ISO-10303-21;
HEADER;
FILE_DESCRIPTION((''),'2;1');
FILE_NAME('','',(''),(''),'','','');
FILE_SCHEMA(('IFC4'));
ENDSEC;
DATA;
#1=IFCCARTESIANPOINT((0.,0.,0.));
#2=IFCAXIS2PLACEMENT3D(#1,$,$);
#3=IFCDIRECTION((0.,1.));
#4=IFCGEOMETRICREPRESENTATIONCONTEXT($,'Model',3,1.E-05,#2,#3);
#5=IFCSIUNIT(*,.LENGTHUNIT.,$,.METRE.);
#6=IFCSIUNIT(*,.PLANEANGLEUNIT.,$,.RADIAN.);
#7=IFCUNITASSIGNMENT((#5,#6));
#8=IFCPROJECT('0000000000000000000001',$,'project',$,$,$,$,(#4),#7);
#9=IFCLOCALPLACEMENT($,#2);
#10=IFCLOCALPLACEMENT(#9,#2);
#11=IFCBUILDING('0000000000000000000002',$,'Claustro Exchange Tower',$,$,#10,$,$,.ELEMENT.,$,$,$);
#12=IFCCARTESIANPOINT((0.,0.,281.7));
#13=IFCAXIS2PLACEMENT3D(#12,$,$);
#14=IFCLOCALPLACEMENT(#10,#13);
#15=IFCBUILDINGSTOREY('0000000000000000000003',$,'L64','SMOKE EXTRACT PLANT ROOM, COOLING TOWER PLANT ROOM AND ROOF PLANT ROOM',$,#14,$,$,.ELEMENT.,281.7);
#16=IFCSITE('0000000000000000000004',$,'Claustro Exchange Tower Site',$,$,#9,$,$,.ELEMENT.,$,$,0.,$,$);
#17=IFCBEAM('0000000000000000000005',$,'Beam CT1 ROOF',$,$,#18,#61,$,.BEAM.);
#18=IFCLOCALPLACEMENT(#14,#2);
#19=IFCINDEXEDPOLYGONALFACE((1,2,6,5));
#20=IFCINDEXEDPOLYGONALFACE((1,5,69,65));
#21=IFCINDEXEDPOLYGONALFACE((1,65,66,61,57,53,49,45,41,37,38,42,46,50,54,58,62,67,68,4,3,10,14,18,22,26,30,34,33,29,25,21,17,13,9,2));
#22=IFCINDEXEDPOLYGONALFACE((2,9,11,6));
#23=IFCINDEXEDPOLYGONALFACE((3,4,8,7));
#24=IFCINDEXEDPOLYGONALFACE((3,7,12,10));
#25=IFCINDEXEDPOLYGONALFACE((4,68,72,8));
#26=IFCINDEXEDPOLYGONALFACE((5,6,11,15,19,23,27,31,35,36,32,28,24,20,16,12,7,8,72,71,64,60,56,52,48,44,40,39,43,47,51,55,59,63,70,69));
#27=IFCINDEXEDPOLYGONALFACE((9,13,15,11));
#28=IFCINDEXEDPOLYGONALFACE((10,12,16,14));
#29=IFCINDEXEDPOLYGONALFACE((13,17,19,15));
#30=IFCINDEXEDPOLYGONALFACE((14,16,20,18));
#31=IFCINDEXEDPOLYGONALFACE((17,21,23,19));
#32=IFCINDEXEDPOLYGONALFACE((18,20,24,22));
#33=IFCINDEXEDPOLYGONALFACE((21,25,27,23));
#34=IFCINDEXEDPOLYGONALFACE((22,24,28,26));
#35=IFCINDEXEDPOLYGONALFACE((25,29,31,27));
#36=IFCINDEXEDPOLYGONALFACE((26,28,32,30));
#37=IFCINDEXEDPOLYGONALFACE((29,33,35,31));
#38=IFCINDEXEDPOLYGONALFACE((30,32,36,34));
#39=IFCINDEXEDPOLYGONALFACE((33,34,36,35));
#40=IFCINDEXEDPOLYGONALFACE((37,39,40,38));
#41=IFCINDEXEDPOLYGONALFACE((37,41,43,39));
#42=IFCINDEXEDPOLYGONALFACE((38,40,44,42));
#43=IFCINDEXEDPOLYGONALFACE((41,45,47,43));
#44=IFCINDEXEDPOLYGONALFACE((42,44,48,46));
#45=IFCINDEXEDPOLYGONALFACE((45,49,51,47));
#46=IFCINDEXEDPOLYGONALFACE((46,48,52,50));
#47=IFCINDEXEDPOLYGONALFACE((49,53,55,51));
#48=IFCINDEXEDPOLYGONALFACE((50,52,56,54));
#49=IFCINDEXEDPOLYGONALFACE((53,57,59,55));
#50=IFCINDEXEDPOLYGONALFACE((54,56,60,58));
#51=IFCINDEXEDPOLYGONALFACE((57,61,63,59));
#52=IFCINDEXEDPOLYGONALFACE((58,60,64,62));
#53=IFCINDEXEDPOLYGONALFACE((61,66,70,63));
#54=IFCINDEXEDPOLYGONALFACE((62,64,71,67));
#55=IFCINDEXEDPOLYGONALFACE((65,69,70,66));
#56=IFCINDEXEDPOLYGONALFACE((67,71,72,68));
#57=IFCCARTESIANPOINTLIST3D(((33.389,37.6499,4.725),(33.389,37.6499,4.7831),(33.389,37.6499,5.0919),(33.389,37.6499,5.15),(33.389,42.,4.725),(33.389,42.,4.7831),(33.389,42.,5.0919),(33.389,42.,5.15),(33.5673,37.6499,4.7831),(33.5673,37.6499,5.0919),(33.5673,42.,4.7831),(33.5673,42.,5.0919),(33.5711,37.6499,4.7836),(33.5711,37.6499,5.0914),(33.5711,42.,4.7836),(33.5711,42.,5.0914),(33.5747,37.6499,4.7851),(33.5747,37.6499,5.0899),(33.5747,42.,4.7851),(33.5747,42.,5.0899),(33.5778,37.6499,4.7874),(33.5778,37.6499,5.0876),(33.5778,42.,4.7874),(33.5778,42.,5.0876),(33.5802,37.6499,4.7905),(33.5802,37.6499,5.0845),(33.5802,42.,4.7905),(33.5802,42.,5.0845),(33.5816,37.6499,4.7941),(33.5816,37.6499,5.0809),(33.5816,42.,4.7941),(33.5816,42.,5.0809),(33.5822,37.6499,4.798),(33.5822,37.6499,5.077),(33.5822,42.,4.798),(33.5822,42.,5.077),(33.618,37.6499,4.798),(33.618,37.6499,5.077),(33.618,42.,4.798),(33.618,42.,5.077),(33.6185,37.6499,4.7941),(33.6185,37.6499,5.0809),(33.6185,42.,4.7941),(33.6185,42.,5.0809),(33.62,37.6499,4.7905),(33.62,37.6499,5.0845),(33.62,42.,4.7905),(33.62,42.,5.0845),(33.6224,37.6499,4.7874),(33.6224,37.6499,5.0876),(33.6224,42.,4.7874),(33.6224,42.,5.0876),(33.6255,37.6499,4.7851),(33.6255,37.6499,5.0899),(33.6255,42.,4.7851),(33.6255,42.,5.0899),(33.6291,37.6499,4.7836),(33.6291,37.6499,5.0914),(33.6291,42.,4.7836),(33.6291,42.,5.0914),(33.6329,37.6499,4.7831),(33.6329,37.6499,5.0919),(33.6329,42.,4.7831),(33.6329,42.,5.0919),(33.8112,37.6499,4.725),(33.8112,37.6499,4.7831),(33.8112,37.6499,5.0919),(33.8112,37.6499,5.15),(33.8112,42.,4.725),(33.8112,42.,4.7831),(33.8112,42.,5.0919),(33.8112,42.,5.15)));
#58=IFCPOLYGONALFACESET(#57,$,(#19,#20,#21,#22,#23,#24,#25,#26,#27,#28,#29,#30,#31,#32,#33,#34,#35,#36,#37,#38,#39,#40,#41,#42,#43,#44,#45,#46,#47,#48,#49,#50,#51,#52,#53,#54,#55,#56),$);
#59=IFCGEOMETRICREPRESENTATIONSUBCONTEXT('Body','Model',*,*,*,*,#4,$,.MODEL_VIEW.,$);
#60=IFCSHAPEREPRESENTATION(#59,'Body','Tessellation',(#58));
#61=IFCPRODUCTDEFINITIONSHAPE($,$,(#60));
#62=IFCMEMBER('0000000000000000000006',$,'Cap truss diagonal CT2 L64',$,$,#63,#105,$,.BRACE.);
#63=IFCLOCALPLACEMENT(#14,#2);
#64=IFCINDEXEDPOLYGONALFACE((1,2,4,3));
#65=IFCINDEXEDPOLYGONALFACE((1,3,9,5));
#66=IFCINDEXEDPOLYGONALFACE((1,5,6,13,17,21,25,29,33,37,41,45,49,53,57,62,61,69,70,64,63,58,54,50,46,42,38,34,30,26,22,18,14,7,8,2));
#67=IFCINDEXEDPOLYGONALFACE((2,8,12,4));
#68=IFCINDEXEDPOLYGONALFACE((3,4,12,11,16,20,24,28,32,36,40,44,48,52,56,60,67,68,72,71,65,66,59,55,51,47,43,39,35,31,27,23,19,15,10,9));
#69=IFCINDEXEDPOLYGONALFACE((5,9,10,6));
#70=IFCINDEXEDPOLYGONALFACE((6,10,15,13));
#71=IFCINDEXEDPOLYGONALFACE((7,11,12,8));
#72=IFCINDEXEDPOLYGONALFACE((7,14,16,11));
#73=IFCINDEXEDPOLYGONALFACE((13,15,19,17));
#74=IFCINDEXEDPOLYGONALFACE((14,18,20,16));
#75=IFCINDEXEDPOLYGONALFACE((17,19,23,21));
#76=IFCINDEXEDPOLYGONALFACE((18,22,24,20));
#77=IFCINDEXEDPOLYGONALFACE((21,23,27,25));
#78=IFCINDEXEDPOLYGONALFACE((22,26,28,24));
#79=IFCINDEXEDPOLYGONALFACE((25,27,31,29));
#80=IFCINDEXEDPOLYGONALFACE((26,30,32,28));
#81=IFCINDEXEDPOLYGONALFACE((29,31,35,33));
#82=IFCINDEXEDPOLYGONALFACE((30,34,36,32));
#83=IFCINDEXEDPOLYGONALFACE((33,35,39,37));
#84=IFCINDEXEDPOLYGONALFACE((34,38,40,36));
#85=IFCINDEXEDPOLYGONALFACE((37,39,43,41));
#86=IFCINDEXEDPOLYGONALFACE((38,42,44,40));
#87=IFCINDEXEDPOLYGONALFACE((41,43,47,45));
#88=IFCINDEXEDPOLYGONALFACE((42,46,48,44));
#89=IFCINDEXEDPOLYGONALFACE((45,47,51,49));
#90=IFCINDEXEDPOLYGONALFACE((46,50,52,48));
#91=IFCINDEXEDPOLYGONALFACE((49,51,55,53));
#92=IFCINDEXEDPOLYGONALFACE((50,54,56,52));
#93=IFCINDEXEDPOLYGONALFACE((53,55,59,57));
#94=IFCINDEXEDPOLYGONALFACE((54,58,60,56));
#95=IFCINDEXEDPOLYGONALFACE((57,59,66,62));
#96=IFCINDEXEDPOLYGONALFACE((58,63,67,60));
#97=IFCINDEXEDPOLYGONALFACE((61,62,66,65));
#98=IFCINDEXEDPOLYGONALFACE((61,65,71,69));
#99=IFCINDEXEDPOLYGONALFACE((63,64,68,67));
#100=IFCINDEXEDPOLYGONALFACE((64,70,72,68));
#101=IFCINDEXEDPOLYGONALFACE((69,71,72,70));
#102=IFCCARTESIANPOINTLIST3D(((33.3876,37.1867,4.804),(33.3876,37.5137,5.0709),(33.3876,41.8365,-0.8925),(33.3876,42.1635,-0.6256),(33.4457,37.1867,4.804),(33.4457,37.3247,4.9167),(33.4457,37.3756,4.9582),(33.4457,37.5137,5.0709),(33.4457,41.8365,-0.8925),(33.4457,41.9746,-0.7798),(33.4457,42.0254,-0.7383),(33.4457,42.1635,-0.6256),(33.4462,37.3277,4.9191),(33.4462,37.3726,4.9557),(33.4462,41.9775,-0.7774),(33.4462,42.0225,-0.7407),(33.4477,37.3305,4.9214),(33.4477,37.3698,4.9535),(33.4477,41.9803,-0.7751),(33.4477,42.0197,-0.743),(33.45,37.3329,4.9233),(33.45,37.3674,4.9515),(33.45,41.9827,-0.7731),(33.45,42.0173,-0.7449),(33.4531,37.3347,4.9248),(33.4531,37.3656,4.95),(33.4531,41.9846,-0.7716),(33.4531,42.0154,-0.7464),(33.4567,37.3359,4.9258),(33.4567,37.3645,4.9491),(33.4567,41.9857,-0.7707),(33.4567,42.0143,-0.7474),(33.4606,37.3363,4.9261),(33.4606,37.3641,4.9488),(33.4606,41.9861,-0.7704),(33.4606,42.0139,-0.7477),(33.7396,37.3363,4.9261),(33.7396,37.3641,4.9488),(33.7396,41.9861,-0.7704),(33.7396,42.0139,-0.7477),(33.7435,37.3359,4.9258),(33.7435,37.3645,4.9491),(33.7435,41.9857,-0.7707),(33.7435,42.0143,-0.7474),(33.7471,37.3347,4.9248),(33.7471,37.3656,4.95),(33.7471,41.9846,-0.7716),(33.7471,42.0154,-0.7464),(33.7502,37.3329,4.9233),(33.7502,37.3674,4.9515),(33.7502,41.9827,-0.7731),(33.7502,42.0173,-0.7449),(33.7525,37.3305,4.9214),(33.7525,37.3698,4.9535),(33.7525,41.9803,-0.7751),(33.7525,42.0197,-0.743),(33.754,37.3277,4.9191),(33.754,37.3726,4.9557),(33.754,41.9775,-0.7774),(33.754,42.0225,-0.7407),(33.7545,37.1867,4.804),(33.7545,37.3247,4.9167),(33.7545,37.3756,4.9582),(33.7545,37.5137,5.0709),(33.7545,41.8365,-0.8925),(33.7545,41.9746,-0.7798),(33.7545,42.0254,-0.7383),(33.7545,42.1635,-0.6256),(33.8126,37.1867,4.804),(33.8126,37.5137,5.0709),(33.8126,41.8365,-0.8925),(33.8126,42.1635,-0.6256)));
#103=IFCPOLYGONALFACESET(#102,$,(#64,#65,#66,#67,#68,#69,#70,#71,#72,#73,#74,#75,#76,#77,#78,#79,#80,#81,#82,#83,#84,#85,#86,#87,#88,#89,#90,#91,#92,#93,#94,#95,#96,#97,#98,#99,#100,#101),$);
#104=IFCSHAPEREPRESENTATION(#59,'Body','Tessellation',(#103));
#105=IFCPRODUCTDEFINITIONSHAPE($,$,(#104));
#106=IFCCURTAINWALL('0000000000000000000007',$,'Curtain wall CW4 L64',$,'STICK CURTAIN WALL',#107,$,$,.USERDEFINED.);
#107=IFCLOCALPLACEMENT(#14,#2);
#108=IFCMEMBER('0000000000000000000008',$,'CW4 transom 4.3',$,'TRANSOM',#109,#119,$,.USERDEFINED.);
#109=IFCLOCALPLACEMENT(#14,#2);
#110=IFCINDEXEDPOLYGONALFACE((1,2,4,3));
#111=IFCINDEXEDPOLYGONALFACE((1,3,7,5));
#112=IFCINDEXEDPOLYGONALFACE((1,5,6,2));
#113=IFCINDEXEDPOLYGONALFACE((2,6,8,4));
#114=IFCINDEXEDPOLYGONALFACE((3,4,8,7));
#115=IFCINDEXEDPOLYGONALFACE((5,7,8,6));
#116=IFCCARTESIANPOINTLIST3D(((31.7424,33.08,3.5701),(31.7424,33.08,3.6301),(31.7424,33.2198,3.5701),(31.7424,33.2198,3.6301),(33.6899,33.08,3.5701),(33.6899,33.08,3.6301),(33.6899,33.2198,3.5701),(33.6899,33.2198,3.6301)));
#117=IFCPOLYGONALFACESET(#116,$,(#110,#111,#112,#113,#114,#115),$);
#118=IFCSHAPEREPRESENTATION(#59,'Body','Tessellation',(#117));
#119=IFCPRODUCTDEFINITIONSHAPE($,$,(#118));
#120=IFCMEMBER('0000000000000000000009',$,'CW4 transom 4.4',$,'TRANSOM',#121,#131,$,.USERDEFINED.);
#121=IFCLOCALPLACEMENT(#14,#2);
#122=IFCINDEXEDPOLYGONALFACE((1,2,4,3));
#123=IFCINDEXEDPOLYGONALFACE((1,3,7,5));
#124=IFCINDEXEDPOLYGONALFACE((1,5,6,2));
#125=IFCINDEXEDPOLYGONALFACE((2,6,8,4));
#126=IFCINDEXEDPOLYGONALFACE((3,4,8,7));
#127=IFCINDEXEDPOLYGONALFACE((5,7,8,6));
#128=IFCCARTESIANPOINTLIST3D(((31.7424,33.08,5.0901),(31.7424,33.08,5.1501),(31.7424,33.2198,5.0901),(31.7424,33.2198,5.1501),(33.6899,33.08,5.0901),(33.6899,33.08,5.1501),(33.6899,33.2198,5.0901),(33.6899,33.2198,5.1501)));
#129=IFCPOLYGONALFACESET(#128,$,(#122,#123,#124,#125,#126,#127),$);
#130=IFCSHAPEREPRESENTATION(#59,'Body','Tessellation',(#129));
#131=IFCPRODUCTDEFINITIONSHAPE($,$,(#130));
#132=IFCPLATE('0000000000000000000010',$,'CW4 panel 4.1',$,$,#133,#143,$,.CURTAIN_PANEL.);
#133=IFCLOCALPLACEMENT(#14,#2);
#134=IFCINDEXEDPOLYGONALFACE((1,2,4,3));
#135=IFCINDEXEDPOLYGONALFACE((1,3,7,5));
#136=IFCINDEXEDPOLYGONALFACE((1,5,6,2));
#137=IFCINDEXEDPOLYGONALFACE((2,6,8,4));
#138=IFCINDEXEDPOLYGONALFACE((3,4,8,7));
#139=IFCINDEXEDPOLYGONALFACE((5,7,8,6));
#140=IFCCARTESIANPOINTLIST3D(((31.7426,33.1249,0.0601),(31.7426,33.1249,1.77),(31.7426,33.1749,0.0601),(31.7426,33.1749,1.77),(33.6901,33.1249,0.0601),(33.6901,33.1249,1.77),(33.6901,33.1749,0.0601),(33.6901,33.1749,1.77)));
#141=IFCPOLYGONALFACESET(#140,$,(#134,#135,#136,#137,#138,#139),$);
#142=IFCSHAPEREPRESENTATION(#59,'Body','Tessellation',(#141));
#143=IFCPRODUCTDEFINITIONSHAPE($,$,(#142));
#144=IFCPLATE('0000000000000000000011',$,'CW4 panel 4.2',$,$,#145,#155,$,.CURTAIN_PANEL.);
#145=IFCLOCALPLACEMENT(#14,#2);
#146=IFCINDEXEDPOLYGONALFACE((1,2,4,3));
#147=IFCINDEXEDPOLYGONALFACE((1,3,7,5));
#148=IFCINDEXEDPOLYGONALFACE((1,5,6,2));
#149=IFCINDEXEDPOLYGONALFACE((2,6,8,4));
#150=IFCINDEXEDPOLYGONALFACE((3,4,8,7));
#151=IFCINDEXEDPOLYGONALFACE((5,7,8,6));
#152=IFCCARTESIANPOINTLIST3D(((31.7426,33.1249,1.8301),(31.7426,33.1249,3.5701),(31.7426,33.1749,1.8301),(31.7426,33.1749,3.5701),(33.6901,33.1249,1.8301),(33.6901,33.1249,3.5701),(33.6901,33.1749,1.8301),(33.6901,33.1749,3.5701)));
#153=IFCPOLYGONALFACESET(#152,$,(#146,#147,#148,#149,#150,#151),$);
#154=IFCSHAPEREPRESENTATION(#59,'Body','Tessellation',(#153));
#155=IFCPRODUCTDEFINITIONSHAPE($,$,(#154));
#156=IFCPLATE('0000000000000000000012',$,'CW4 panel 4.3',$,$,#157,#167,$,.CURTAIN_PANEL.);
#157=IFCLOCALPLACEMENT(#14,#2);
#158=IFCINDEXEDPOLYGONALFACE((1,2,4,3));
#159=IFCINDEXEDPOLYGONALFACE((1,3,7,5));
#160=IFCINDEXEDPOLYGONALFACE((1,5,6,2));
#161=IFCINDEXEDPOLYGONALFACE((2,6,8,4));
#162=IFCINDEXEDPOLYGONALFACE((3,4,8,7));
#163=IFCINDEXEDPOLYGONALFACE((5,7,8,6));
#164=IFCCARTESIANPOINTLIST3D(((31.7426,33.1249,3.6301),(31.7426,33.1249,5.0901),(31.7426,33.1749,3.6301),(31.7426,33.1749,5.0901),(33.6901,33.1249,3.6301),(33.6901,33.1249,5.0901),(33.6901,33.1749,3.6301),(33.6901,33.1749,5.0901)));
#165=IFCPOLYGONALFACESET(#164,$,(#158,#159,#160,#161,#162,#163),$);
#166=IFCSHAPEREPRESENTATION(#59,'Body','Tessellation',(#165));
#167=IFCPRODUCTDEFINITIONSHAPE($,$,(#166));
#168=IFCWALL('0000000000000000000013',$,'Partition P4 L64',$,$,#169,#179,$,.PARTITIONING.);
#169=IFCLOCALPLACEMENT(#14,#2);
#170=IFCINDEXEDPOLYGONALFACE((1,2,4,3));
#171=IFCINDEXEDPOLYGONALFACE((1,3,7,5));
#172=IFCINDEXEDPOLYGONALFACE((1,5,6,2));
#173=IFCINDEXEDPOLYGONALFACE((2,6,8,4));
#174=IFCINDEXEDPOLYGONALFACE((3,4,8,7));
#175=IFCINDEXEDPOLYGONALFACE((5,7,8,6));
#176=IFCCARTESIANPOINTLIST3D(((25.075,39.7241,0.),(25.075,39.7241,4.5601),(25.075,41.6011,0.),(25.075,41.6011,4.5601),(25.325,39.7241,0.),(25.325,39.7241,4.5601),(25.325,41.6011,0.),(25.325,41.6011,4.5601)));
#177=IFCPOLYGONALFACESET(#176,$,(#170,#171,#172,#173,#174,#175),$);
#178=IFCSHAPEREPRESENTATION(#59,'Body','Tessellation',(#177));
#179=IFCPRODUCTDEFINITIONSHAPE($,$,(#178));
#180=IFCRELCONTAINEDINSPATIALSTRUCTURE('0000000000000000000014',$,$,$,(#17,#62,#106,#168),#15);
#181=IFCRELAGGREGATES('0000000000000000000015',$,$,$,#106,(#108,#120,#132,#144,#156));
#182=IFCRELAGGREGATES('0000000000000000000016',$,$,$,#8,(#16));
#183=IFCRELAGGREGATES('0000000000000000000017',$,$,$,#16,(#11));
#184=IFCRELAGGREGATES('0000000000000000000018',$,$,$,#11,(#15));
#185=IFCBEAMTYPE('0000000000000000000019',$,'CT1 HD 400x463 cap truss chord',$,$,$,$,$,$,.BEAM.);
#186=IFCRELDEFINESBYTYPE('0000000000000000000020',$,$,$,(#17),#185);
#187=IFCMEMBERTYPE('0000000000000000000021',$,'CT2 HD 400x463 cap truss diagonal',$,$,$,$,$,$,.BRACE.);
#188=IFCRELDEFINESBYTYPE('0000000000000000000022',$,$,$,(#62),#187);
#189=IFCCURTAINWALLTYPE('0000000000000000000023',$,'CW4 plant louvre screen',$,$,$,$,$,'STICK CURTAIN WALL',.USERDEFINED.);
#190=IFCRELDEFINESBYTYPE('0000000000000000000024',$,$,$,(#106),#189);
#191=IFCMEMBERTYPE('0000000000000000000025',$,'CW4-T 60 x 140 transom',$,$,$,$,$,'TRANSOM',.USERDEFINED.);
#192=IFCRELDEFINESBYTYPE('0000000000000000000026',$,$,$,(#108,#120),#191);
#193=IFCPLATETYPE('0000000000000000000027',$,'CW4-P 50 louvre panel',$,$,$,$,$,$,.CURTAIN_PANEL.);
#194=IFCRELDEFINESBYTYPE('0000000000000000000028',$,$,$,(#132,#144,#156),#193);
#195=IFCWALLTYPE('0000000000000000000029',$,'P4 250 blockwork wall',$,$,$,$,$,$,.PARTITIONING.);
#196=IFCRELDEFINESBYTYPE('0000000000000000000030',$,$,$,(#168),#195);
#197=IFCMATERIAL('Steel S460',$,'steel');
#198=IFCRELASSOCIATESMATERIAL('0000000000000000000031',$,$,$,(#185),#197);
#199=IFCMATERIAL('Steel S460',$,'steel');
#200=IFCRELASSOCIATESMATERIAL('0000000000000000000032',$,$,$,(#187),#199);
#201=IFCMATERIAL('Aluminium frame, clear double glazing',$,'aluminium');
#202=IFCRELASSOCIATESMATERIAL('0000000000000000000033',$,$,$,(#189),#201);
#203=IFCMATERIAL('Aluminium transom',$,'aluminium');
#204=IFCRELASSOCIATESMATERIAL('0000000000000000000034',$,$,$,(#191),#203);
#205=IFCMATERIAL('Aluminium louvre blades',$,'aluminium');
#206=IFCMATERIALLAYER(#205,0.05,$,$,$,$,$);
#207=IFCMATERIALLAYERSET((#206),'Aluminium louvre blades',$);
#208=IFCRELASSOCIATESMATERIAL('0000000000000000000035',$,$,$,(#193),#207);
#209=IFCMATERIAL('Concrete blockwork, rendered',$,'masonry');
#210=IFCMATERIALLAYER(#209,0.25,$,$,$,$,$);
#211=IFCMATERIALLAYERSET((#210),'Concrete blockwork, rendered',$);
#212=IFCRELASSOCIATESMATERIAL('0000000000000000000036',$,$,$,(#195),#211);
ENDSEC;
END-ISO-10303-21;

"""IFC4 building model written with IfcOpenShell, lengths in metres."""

from ifc_helpers import new_model, si_unit, direction, frame, frame_2d, origin, origin_2d, place, context, subcontext, project, spatial, rectangle, i_section, extrude, material, layer, layer_set, material_profile, profile_set, type_object, element, aggregate, save


model = new_model("IFC4")

# Units and contexts
model_context = context("Model", 3, precision=1e-05, world=origin(), true_north=direction((0.0, 1.0)))
body_context = subcontext(model_context, "Body", "Model", "MODEL_VIEW")
ifc_project = project(units=[si_unit("LENGTHUNIT", "METRE"), si_unit("PLANEANGLEUNIT", "RADIAN")], contexts=[model_context])

# Site, building, storey
site_placement = place(None, origin())
site = spatial("IfcSite", under=ifc_project, at=site_placement, Name="Claustro Exchange Tower Site", CompositionType="ELEMENT", RefElevation=0.0)
building_placement = place(site_placement, origin())
building = spatial("IfcBuilding", under=site, at=building_placement, Name="Claustro Exchange Tower", CompositionType="ELEMENT")
storey_placement = place(building_placement, frame((0.0, 0.0, 281.7)))
storey = spatial("IfcBuildingStorey", under=building, at=storey_placement, Name="L64", Description="SMOKE EXTRACT PLANT ROOM, COOLING TOWER PLANT ROOM AND ROOF PLANT ROOM", CompositionType="ELEMENT", Elevation=281.7)

# Beam
ifc_material_1 = material(Name="Steel S460", Category="steel")
ifc_material_profile_1 = material_profile(ifc_material_1, i_section(OverallWidth=0.4221, OverallDepth=0.425, WebThickness=0.0359, FlangeThickness=0.0581, FilletRadius=0.0149, at=origin_2d()), Name="HD 400x463")
ifc_profile_set_1 = profile_set([ifc_material_profile_1], Name="Steel S460")
beam_type_1 = type_object("IfcBeamType", Name="CT1 HD 400x463 cap truss chord", PredefinedType="BEAM", material=ifc_profile_set_1)
beam_1_placement = place(storey_placement, frame((33.6001, 37.6499, 4.9375), z_axis=(0.0, 1.0, 0.0), x_axis=(-1.0, 0.0, 0.0)))
element("IfcBeam", 1, at=beam_1_placement, inside=storey, type_object=beam_type_1, Name="Beam CT1 ROOF", PredefinedType="BEAM", context=body_context, shape_type="SweptSolid", body=[
    extrude(i_section(OverallWidth=0.4221, OverallDepth=0.425, WebThickness=0.0359, FlangeThickness=0.0581, FilletRadius=0.0149, at=origin_2d()), origin(), (0.0, 0.0, 1.0), 4.3501),
])

# Member
ifc_material_2 = material(Name="Steel S460", Category="steel")
ifc_material_profile_2 = material_profile(ifc_material_2, i_section(OverallWidth=0.4221, OverallDepth=0.425, WebThickness=0.0359, FlangeThickness=0.0581, FilletRadius=0.0149, at=origin_2d()), Name="HD 400x463")
ifc_profile_set_2 = profile_set([ifc_material_profile_2], Name="Steel S460")
member_type_1 = type_object("IfcMemberType", Name="CT2 HD 400x463 cap truss diagonal", PredefinedType="BRACE", material=ifc_profile_set_2)
member_1_placement = place(storey_placement, frame((33.6001, 42.0, -0.759), z_axis=(0.0, -0.63235, 0.774683), x_axis=(0.0, 0.774683, 0.63235)))
element("IfcMember", 2, at=member_1_placement, inside=storey, type_object=member_type_1, Name="Cap truss diagonal CT2 L64", PredefinedType="BRACE", context=body_context, shape_type="SweptSolid", body=[
    extrude(i_section(OverallWidth=0.4221, OverallDepth=0.425, WebThickness=0.0359, FlangeThickness=0.0581, FilletRadius=0.0149, at=origin_2d()), origin(), (0.0, 0.0, 1.0), 7.3533),
])

# Curtain wall, members, plates
ifc_material_3 = material(Name="Aluminium frame, clear double glazing", Category="aluminium")
curtain_wall_type = type_object("IfcCurtainWallType", Name="CW4 plant louvre screen", ElementType="STICK CURTAIN WALL", PredefinedType="USERDEFINED", material=ifc_material_3)
curtain_wall_placement = place(storey_placement, origin())
curtain_wall = element("IfcCurtainWall", 3, at=curtain_wall_placement, inside=storey, type_object=curtain_wall_type, Name="Curtain wall CW4 L64", ObjectType="STICK CURTAIN WALL", PredefinedType="USERDEFINED")
ifc_material_4 = material(Name="Aluminium transom", Category="aluminium")
ifc_material_profile_3 = material_profile(ifc_material_4, rectangle(XDim=0.1399, YDim=0.0601, at=origin_2d()), Name="CW4-T 60x140")
ifc_profile_set_3 = profile_set([ifc_material_profile_3], Name="Aluminium transom")
member_type_2 = type_object("IfcMemberType", Name="CW4-T 60 x 140 transom", ElementType="TRANSOM", PredefinedType="USERDEFINED", material=ifc_profile_set_3)
member_2_placement = place(storey_placement, frame((31.7424, 33.1499, 3.6001), z_axis=(1.0, 0.0, 0.0), x_axis=(0.0, 1.0, 0.0)))
member_2 = element("IfcMember", 4, at=member_2_placement, type_object=member_type_2, Name="CW4 transom 4.3", ObjectType="TRANSOM", PredefinedType="USERDEFINED", context=body_context, shape_type="SweptSolid", body=[
    extrude(rectangle(XDim=0.1399, YDim=0.0601, at=origin_2d()), origin(), (0.0, 0.0, 1.0), 1.9475),
])
member_3_placement = place(storey_placement, frame((31.7424, 33.1499, 5.1201), z_axis=(1.0, 0.0, 0.0), x_axis=(0.0, 1.0, 0.0)))
member_3 = element("IfcMember", 5, at=member_3_placement, type_object=member_type_2, Name="CW4 transom 4.4", ObjectType="TRANSOM", PredefinedType="USERDEFINED", context=body_context, shape_type="SweptSolid", body=[
    extrude(rectangle(XDim=0.1399, YDim=0.0601, at=origin_2d()), origin(), (0.0, 0.0, 1.0), 1.9475),
])
ifc_material_5 = material(Name="Aluminium louvre blades", Category="aluminium")
ifc_layer_1 = layer(ifc_material_5, 0.05)
ifc_layer_set_1 = layer_set([ifc_layer_1], Name="Aluminium louvre blades")
plate_type = type_object("IfcPlateType", Name="CW4-P 50 louvre panel", PredefinedType="CURTAIN_PANEL", material=ifc_layer_set_1)
plate_1_placement = place(storey_placement, frame((32.7163, 33.1499, 0.0601), z_axis=(0.0, 0.0, 1.0), x_axis=(1.0, 0.0, 0.0)))
plate_1 = element("IfcPlate", 6, at=plate_1_placement, type_object=plate_type, Name="CW4 panel 4.1", PredefinedType="CURTAIN_PANEL", context=body_context, shape_type="SweptSolid", body=[
    extrude(rectangle(XDim=1.9475, YDim=0.05, at=origin_2d()), origin(), (0.0, 0.0, 1.0), 1.71),
])
plate_2_placement = place(storey_placement, frame((32.7163, 33.1499, 1.8301), z_axis=(0.0, 0.0, 1.0), x_axis=(1.0, 0.0, 0.0)))
plate_2 = element("IfcPlate", 7, at=plate_2_placement, type_object=plate_type, Name="CW4 panel 4.2", PredefinedType="CURTAIN_PANEL", context=body_context, shape_type="SweptSolid", body=[
    extrude(rectangle(XDim=1.9475, YDim=0.05, at=origin_2d()), origin(), (0.0, 0.0, 1.0), 1.74),
])
plate_3_placement = place(storey_placement, frame((32.7163, 33.1499, 3.6301), z_axis=(0.0, 0.0, 1.0), x_axis=(1.0, 0.0, 0.0)))
plate_3 = element("IfcPlate", 8, at=plate_3_placement, type_object=plate_type, Name="CW4 panel 4.3", PredefinedType="CURTAIN_PANEL", context=body_context, shape_type="SweptSolid", body=[
    extrude(rectangle(XDim=1.9475, YDim=0.05, at=origin_2d()), origin(), (0.0, 0.0, 1.0), 1.46),
])
aggregate(curtain_wall, [member_2, member_3, plate_1, plate_2, plate_3])

# Wall
ifc_material_6 = material(Name="Concrete blockwork, rendered", Category="masonry")
ifc_layer_2 = layer(ifc_material_6, 0.25)
ifc_layer_set_2 = layer_set([ifc_layer_2], Name="Concrete blockwork, rendered")
wall_type_1 = type_object("IfcWallType", Name="P4 250 blockwork wall", PredefinedType="PARTITIONING", material=ifc_layer_set_2)
wall_1_placement = place(storey_placement, frame((25.2, 39.7241, 0.0), z_axis=(0.0, 0.0, 1.0), x_axis=(0.0, 1.0, 0.0)))
element("IfcWall", 9, at=wall_1_placement, inside=storey, type_object=wall_type_1, Name="Partition P4 L64", PredefinedType="PARTITIONING", context=body_context, shape_type="SweptSolid", body=[
    extrude(rectangle(XDim=1.877, YDim=0.25, at=frame_2d((0.9385, 0.0))), origin(), (0.0, 0.0, 1.0), 4.5601),
])

save(model, "model.ifc")
